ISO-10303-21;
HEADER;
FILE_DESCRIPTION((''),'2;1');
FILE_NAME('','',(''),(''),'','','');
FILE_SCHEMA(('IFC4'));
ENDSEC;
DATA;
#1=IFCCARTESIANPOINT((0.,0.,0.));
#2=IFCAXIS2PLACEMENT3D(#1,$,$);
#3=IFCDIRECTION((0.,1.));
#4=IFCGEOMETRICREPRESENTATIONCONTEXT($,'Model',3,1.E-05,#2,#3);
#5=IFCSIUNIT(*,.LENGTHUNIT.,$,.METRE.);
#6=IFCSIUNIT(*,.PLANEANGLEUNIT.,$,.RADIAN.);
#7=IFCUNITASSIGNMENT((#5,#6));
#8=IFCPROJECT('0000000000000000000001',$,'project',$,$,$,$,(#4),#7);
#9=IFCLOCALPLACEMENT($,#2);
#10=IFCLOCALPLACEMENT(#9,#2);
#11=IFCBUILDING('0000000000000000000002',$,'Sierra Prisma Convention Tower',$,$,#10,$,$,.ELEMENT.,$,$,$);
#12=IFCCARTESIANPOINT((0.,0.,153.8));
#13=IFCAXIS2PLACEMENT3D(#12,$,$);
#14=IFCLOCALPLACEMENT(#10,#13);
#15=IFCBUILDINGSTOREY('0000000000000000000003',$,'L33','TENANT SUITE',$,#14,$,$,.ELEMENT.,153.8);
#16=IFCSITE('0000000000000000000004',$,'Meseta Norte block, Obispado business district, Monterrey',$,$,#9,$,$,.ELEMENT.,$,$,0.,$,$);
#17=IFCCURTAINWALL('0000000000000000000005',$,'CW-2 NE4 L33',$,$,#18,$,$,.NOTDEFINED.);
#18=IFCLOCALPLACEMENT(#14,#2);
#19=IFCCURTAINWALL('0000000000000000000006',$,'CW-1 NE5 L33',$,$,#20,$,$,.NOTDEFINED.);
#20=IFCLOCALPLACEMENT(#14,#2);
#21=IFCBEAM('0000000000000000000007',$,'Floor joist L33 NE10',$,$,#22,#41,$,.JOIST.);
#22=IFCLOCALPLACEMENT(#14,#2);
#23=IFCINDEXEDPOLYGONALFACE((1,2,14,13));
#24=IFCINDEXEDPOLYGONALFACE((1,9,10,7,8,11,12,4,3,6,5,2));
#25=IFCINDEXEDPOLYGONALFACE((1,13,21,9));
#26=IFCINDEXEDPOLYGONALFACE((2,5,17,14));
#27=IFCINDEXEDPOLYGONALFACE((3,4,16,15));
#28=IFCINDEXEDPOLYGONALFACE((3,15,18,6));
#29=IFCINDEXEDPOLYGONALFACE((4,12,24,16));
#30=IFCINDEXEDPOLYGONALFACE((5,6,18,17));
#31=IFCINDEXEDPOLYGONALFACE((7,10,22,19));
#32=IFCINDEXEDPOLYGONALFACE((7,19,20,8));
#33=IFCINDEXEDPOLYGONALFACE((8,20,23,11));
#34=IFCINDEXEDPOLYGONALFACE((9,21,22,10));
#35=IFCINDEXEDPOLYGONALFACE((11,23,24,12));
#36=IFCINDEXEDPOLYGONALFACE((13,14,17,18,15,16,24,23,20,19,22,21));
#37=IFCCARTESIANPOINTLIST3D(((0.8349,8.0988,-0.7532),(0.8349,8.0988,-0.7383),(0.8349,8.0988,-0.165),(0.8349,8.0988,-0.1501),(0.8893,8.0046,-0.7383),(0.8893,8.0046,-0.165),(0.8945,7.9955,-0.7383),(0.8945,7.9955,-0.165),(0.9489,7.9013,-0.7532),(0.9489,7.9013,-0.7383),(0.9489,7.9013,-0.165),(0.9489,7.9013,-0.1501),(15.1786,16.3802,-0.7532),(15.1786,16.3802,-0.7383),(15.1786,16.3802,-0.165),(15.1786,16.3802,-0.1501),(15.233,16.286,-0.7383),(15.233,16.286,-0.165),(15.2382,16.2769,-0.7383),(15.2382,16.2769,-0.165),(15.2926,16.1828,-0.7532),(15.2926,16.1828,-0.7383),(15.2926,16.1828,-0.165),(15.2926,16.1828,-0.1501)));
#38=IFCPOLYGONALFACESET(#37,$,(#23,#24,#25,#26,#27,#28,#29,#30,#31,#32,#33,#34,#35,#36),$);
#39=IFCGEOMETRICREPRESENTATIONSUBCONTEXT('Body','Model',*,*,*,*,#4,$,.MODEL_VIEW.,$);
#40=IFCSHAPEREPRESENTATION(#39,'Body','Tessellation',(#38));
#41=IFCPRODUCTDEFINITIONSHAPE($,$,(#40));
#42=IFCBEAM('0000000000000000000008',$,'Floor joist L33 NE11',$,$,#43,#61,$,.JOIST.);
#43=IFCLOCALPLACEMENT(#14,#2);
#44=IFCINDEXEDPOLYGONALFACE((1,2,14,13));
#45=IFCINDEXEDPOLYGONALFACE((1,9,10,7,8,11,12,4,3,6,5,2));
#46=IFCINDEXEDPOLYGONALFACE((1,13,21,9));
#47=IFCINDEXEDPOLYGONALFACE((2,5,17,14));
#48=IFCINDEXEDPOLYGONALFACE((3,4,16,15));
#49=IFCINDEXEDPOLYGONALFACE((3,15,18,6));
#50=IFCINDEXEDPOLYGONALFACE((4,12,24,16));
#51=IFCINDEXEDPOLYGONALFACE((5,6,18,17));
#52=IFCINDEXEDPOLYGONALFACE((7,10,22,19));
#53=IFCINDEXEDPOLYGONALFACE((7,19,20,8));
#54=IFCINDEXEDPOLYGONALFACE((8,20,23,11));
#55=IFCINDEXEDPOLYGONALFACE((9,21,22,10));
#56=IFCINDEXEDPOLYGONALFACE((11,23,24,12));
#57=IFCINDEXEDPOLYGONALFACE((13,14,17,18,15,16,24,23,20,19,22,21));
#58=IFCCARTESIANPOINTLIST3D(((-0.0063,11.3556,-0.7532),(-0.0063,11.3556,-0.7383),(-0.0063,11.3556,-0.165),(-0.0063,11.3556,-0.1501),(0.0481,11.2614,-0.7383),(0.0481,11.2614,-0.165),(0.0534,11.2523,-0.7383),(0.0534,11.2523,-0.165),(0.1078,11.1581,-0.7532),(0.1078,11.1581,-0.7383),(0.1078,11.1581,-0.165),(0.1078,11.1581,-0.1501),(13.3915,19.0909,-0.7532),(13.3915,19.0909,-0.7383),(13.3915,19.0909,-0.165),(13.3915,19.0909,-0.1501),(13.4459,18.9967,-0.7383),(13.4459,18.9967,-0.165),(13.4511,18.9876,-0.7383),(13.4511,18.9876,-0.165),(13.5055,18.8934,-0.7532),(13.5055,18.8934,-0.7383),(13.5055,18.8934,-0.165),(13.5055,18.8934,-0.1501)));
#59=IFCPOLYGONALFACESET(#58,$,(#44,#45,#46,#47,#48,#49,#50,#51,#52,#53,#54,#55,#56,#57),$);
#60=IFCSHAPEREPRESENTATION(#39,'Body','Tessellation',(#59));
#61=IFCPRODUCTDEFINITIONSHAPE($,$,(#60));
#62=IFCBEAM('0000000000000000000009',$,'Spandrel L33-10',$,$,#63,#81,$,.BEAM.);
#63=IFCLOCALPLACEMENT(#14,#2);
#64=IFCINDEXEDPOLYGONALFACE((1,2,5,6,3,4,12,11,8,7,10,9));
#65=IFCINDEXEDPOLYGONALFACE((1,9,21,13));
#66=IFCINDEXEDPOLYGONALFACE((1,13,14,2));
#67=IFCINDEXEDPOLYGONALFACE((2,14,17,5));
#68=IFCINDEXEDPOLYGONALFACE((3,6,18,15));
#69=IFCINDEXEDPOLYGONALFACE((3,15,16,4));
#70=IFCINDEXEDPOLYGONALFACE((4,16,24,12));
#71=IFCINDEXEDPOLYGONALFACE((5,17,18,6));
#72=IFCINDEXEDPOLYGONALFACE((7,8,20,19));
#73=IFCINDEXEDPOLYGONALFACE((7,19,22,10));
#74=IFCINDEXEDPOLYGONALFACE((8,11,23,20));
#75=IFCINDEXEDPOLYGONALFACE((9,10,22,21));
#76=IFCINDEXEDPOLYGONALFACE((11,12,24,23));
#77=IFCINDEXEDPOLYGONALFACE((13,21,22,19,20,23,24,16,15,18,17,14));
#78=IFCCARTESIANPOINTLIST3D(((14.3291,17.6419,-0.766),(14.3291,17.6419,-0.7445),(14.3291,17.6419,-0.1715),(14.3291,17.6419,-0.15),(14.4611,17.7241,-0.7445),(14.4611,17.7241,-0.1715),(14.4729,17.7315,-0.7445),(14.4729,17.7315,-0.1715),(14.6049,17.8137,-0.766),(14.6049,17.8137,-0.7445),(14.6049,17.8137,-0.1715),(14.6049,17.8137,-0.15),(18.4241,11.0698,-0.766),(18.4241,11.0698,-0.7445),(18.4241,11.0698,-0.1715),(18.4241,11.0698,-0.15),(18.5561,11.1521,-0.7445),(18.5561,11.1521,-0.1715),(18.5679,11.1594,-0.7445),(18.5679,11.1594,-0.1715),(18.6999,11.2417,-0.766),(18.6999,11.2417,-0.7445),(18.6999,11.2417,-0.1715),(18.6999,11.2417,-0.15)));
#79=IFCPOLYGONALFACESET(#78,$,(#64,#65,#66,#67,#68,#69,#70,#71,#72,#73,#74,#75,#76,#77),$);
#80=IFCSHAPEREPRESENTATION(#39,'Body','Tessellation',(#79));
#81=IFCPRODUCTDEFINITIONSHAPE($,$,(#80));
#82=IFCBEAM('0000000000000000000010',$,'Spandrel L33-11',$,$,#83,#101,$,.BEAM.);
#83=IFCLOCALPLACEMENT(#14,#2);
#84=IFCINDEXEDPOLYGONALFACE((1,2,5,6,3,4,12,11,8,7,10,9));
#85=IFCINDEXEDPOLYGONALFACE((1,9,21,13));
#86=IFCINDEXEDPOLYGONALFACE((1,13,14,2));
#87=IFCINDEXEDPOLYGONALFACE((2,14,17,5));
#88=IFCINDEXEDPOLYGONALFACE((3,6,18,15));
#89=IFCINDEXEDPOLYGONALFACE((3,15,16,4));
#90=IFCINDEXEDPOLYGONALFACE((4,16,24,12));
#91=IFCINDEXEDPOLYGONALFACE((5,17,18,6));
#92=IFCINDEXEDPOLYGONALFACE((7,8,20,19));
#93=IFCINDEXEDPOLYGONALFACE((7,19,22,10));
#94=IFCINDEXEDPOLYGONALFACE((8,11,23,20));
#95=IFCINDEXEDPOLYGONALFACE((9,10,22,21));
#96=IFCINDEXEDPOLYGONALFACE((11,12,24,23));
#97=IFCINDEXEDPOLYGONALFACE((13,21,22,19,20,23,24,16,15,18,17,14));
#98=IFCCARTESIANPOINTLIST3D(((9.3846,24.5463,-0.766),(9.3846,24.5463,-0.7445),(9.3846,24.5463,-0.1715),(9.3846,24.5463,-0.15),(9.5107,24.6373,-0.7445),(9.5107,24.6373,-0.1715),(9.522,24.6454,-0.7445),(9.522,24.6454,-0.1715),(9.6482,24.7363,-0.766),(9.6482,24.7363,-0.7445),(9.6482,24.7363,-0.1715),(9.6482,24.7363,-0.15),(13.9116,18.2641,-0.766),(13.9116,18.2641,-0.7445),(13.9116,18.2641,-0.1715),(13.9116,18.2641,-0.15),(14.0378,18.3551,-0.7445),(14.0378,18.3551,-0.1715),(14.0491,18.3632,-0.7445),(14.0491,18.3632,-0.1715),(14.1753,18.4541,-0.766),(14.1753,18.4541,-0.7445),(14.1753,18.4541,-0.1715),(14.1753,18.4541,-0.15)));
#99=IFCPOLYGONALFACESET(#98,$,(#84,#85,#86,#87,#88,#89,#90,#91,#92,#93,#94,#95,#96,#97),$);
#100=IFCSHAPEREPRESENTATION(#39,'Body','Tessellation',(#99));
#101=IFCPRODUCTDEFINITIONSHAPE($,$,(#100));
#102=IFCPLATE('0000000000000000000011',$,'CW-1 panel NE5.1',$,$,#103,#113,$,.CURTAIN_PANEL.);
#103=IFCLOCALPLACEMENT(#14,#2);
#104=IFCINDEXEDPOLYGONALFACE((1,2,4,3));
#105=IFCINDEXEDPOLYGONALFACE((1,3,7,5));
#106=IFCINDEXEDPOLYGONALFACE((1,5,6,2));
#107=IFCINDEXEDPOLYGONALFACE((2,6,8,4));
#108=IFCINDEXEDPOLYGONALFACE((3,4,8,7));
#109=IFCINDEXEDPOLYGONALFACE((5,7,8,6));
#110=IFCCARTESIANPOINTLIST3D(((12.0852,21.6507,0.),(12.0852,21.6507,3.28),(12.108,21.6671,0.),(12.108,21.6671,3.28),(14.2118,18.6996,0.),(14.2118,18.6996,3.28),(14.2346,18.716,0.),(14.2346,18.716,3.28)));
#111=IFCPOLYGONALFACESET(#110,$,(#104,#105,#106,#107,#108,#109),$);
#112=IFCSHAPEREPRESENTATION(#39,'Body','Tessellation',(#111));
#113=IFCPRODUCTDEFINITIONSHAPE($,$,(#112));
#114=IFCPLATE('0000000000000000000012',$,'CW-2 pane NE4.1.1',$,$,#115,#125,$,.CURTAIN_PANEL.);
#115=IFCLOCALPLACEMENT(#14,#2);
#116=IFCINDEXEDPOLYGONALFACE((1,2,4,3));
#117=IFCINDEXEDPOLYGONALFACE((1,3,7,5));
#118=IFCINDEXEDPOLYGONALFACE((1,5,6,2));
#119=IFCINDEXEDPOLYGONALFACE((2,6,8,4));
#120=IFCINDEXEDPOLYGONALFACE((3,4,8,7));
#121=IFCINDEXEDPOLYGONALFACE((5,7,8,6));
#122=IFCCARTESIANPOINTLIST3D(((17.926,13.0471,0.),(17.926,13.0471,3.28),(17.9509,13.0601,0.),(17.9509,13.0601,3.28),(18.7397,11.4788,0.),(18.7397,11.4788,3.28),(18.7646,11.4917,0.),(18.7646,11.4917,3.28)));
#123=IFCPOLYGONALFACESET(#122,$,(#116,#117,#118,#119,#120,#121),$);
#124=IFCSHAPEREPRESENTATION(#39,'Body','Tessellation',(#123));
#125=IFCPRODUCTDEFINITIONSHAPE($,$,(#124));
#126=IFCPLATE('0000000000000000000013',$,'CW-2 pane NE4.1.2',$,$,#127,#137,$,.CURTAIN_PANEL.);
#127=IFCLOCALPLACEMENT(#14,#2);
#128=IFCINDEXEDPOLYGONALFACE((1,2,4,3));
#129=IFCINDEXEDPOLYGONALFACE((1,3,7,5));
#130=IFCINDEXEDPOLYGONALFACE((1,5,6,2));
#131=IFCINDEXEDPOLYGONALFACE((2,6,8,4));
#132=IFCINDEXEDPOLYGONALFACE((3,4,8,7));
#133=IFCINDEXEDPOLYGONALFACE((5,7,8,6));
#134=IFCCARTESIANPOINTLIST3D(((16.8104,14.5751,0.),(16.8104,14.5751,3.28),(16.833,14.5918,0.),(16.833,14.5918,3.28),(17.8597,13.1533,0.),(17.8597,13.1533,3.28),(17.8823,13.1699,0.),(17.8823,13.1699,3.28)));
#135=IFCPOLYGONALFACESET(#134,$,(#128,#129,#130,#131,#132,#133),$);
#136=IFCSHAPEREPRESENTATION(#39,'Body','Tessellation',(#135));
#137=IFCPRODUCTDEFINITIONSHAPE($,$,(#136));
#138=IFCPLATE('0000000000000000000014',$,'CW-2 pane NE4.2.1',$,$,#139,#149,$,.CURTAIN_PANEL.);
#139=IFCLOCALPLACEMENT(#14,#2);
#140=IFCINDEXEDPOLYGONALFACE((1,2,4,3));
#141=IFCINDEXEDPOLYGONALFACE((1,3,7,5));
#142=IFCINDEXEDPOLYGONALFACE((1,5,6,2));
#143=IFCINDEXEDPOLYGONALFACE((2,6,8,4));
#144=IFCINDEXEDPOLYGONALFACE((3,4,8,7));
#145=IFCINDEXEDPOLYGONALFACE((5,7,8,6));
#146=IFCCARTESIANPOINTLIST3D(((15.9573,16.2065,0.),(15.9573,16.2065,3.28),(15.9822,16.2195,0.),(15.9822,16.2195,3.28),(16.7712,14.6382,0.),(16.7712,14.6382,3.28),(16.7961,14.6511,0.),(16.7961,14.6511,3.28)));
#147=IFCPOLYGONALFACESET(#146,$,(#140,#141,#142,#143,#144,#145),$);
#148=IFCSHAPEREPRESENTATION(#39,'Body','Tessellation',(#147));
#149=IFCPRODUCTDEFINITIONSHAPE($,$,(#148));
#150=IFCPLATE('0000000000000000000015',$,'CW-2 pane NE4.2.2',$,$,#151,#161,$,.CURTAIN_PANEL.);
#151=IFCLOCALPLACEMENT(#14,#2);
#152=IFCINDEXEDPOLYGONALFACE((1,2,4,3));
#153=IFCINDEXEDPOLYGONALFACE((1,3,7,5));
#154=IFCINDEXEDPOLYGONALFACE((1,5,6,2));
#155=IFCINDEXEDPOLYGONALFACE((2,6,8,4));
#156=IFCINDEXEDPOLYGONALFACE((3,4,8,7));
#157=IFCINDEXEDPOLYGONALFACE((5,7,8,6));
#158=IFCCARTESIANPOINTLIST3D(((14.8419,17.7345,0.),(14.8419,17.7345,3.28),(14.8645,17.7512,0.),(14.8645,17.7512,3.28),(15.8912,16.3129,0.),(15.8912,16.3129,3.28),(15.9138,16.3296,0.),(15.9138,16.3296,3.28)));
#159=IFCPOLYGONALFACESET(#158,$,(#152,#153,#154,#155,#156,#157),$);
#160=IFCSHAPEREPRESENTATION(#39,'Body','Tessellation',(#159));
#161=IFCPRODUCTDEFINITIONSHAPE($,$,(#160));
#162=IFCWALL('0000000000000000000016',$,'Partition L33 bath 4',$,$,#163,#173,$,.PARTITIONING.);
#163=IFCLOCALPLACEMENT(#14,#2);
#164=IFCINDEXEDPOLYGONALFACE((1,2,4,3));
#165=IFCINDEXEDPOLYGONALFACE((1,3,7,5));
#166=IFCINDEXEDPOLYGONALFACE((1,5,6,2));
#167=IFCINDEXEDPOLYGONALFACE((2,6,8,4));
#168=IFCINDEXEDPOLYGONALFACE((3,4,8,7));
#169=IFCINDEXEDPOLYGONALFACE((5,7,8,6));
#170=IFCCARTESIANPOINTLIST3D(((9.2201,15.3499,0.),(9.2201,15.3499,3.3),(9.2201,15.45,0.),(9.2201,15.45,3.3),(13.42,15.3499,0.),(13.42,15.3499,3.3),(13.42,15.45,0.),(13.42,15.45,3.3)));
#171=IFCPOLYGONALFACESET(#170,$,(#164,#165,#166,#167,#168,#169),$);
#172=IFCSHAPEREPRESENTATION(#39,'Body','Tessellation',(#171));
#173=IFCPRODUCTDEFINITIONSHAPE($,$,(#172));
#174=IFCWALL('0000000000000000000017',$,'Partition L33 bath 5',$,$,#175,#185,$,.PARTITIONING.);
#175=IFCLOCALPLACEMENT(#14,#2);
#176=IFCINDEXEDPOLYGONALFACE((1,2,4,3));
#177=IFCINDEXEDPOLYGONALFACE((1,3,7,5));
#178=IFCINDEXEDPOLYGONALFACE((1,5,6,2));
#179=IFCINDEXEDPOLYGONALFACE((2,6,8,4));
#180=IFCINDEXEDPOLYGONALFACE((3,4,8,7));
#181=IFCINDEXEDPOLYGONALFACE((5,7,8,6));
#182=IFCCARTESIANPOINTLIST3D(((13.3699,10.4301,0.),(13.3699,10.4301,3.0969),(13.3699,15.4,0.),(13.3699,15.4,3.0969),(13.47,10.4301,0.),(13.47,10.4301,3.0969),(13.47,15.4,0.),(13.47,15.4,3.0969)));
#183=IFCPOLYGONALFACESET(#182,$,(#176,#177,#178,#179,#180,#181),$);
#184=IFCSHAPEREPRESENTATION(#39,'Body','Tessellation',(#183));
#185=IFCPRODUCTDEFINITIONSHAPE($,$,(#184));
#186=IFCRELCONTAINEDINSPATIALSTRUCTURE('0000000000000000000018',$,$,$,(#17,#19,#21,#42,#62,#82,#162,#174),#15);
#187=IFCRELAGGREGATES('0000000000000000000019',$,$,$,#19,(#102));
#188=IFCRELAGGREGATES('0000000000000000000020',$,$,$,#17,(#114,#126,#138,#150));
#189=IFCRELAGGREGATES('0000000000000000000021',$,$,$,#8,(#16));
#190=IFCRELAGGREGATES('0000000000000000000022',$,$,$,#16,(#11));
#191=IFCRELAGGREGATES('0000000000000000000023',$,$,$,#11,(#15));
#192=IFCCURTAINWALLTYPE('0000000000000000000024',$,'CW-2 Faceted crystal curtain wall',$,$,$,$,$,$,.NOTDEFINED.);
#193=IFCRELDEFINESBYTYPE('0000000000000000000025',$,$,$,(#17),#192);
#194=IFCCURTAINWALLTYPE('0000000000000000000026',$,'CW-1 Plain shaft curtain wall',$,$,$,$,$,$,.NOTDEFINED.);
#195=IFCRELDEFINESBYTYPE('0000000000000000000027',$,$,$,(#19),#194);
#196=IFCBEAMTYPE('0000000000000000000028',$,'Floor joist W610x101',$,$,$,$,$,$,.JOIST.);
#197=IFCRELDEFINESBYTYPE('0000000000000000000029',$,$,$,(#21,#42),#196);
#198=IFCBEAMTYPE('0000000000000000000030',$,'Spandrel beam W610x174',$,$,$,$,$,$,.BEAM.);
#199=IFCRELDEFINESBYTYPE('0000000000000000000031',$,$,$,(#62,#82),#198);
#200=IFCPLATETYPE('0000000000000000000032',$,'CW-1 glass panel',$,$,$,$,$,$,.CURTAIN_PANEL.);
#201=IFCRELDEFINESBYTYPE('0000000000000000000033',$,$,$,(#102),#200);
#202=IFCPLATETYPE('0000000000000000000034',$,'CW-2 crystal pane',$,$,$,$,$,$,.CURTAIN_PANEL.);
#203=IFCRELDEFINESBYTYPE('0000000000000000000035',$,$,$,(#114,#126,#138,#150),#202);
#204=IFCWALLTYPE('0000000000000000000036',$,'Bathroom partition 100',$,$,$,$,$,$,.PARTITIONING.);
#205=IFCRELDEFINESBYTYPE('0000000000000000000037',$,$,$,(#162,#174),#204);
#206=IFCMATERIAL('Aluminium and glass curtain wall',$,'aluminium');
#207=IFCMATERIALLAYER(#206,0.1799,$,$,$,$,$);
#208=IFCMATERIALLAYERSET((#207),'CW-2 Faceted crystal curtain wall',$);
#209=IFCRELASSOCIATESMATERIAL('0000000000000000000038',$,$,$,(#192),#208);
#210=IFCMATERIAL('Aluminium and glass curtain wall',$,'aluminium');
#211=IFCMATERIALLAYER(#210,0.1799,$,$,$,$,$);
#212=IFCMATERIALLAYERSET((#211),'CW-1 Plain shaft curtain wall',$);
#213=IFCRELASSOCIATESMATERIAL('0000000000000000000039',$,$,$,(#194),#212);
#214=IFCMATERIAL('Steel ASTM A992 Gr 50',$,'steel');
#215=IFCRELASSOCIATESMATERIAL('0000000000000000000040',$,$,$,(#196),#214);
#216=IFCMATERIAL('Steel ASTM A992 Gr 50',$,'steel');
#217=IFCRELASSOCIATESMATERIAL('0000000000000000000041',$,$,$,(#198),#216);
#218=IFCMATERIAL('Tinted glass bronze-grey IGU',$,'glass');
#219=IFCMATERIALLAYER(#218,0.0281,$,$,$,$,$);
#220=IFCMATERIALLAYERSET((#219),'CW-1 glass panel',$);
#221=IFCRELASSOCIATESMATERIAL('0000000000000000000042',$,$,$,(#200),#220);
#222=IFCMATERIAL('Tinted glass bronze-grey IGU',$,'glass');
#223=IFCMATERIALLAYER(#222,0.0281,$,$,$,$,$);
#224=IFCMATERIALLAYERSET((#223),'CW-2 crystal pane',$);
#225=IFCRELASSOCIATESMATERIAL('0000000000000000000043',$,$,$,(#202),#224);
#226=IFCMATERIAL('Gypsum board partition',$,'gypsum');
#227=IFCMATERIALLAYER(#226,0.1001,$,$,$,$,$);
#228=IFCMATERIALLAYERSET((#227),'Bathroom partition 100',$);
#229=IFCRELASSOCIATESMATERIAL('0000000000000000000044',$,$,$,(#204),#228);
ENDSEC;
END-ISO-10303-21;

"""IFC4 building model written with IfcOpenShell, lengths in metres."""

from ifc_helpers import new_model, si_unit, direction, frame, frame_2d, origin, origin_2d, place, context, subcontext, project, spatial, polyline, rectangle, i_section, outline, extrude, material, layer, layer_set, material_profile, profile_set, type_object, element, aggregate, save


model = new_model("IFC4")

# Units and contexts
model_context = context("Model", 3, precision=1e-05, world=origin(), true_north=direction((0.0, 1.0)))
body_context = subcontext(model_context, "Body", "Model", "MODEL_VIEW")
ifc_project = project(units=[si_unit("LENGTHUNIT", "METRE"), si_unit("PLANEANGLEUNIT", "RADIAN")], contexts=[model_context])

# Site, building, storey
site_placement = place(None, origin())
site = spatial("IfcSite", under=ifc_project, at=site_placement, Name="Meseta Norte block, Obispado business district, Monterrey", CompositionType="ELEMENT", RefElevation=0.0)
building_placement = place(site_placement, origin())
building = spatial("IfcBuilding", under=site, at=building_placement, Name="Sierra Prisma Convention Tower", CompositionType="ELEMENT")
storey_placement = place(building_placement, frame((0.0, 0.0, 153.8)))
storey = spatial("IfcBuildingStorey", under=building, at=storey_placement, Name="L33", Description="TENANT SUITE", CompositionType="ELEMENT", Elevation=153.8)

# Curtain wall
ifc_material_1 = material(Name="Aluminium and glass curtain wall", Category="aluminium")
ifc_layer_1 = layer(ifc_material_1, 0.1799)
ifc_layer_set_1 = layer_set([ifc_layer_1], Name="CW-2 Faceted crystal curtain wall")
curtain_wall_type_1 = type_object("IfcCurtainWallType", Name="CW-2 Faceted crystal curtain wall", PredefinedType="NOTDEFINED", material=ifc_layer_set_1)
curtain_wall_1_placement = place(storey_placement, origin())
curtain_wall_1 = element("IfcCurtainWall", 1, at=curtain_wall_1_placement, inside=storey, type_object=curtain_wall_type_1, Name="CW-2 NE4 L33", PredefinedType="NOTDEFINED")

# Curtain wall
ifc_material_2 = material(Name="Aluminium and glass curtain wall", Category="aluminium")
ifc_layer_2 = layer(ifc_material_2, 0.1799)
ifc_layer_set_2 = layer_set([ifc_layer_2], Name="CW-1 Plain shaft curtain wall")
curtain_wall_type_2 = type_object("IfcCurtainWallType", Name="CW-1 Plain shaft curtain wall", PredefinedType="NOTDEFINED", material=ifc_layer_set_2)
curtain_wall_2_placement = place(storey_placement, origin())
curtain_wall_2 = element("IfcCurtainWall", 2, at=curtain_wall_2_placement, inside=storey, type_object=curtain_wall_type_2, Name="CW-1 NE5 L33", PredefinedType="NOTDEFINED")

# Beams
ifc_material_3 = material(Name="Steel ASTM A992 Gr 50", Category="steel")
ifc_material_profile_1 = material_profile(ifc_material_3, i_section(OverallWidth=0.228, OverallDepth=0.603, WebThickness=0.0105, FlangeThickness=0.0149, at=origin_2d()), Name="W610x101")
ifc_profile_set_1 = profile_set([ifc_material_profile_1], Name="Steel ASTM A992 Gr 50")
beam_type_1 = type_object("IfcBeamType", Name="Floor joist W610x101", PredefinedType="JOIST", material=ifc_profile_set_1)
beam_1_placement = place(storey_placement, frame((15.2356, 16.2815, -0.4517), z_axis=(-0.866022, -0.500006, 0.0), x_axis=(0.500006, -0.866022, 0.0)))
element("IfcBeam", 3, at=beam_1_placement, inside=storey, type_object=beam_type_1, Name="Floor joist L33 NE10", PredefinedType="JOIST", context=body_context, shape_type="SweptSolid", body=[
    extrude(i_section(OverallWidth=0.228, OverallDepth=0.603, WebThickness=0.0105, FlangeThickness=0.0149, at=origin_2d()), origin(), (0.0, 0.0, 1.0), 16.5627),
])
beam_2_placement = place(storey_placement, frame((13.4485, 18.9922, -0.4517), z_axis=(-0.86602, -0.500009, 0.0), x_axis=(0.500009, -0.86602, 0.0)))
element("IfcBeam", 4, at=beam_2_placement, inside=storey, type_object=beam_type_1, Name="Floor joist L33 NE11", PredefinedType="JOIST", context=body_context, shape_type="SweptSolid", body=[
    extrude(i_section(OverallWidth=0.228, OverallDepth=0.603, WebThickness=0.0105, FlangeThickness=0.0149, at=origin_2d()), origin(), (0.0, 0.0, 1.0), 15.4705),
])
ifc_material_4 = material(Name="Steel ASTM A992 Gr 50", Category="steel")
ifc_material_profile_2 = material_profile(ifc_material_4, i_section(OverallWidth=0.325, OverallDepth=0.616, WebThickness=0.0139, FlangeThickness=0.0215, at=origin_2d()), Name="W610x174")
ifc_profile_set_2 = profile_set([ifc_material_profile_2], Name="Steel ASTM A992 Gr 50")
beam_type_2 = type_object("IfcBeamType", Name="Spandrel beam W610x174", PredefinedType="BEAM", material=ifc_profile_set_2)
for number, where, z_axis, x_axis, name in (
    (5, (18.562, 11.1558, -0.458), (-0.528834, 0.848726, 0.0), (-0.848726, -0.528834, 0.0), "Spandrel L33-10"),
    (6, (14.0435, 18.3591, -0.458), (-0.584636, 0.811296, 0.0), (-0.811296, -0.584636, 0.0), "Spandrel L33-11"),
):
    element("IfcBeam", number, at=place(storey_placement, frame(where, z_axis=z_axis, x_axis=x_axis)), inside=storey, type_object=beam_type_2, Name=name, PredefinedType="BEAM", context=body_context, shape_type="SweptSolid", body=[
        extrude(i_section(OverallWidth=0.325, OverallDepth=0.616, WebThickness=0.0139, FlangeThickness=0.0215, at=origin_2d()), origin(), (0.0, 0.0, 1.0), 7.7434),
    ])

# Plates
ifc_material_5 = material(Name="Tinted glass bronze-grey IGU", Category="glass")
ifc_layer_3 = layer(ifc_material_5, 0.0281)
ifc_layer_set_3 = layer_set([ifc_layer_3], Name="CW-1 glass panel")
plate_type_1 = type_object("IfcPlateType", Name="CW-1 glass panel", PredefinedType="CURTAIN_PANEL", material=ifc_layer_set_3)
plate_1_placement = place(storey_placement, frame((13.1599, 20.1833, 0.0), z_axis=(0.0, 0.0, 1.0), x_axis=(-0.584648, 0.811287, 0.0)))
plate_1 = element("IfcPlate", 7, at=plate_1_placement, type_object=plate_type_1, Name="CW-1 panel NE5.1", PredefinedType="CURTAIN_PANEL", context=body_context, shape_type="SweptSolid", body=[
    extrude(rectangle(XDim=3.6375, YDim=0.0281, at=origin_2d()), origin(), (0.0, 0.0, 1.0), 3.28),
])
aggregate(curtain_wall_2, [plate_1])
ifc_material_6 = material(Name="Tinted glass bronze-grey IGU", Category="glass")
ifc_layer_4 = layer(ifc_material_6, 0.0281)
ifc_layer_set_4 = layer_set([ifc_layer_4], Name="CW-2 crystal pane")
plate_type_2 = type_object("IfcPlateType", Name="CW-2 crystal pane", PredefinedType="CURTAIN_PANEL", material=ifc_layer_set_4)
plate_2_placement = place(storey_placement, frame((18.7646, 11.4917, 0.0), z_axis=(0.887639, 0.460539, 0.0), x_axis=(-0.460539, 0.887639, 0.0)))
plate_2 = element("IfcPlate", 8, at=plate_2_placement, type_object=plate_type_2, Name="CW-2 pane NE4.1.1", PredefinedType="CURTAIN_PANEL", context=body_context, shape_type="SweptSolid", body=[
    extrude(outline(polyline([(0.0, 0.0), (1.7669, 0.0), (1.7669, 3.28), (0.0, 3.28), (0.0, 0.0)])), origin(), (0.0, 0.0, -1.0), 0.0281),
])
plate_3_placement = place(storey_placement, frame((16.833, 14.5918, 0.0), z_axis=(0.804618, 0.593793, 0.0), x_axis=(0.593793, -0.804618, 0.0)))
plate_3 = element("IfcPlate", 9, at=plate_3_placement, type_object=plate_type_2, Name="CW-2 pane NE4.1.2", PredefinedType="CURTAIN_PANEL", context=body_context, shape_type="SweptSolid", body=[
    extrude(outline(polyline([(0.0, 0.0), (1.7671, 0.0), (1.7671, -3.28), (0.0, -3.28), (0.0, 0.0)])), origin(), (0.0, 0.0, -1.0), 0.0281),
])
plate_4_placement = place(storey_placement, frame((16.7961, 14.6511, 0.0), z_axis=(0.887583, 0.460648, 0.0), x_axis=(-0.460648, 0.887583, 0.0)))
plate_4 = element("IfcPlate", 10, at=plate_4_placement, type_object=plate_type_2, Name="CW-2 pane NE4.2.1", PredefinedType="CURTAIN_PANEL", context=body_context, shape_type="SweptSolid", body=[
    extrude(outline(polyline([(0.0, 0.0), (1.767, 0.0), (1.767, 3.28), (0.0, 3.28), (0.0, 0.0)])), origin(), (0.0, 0.0, -1.0), 0.0281),
])
plate_5_placement = place(storey_placement, frame((14.8645, 17.7512, 0.0), z_axis=(0.804569, 0.593859, 0.0), x_axis=(0.593859, -0.804569, 0.0)))
plate_5 = element("IfcPlate", 11, at=plate_5_placement, type_object=plate_type_2, Name="CW-2 pane NE4.2.2", PredefinedType="CURTAIN_PANEL", context=body_context, shape_type="SweptSolid", body=[
    extrude(outline(polyline([(0.0, 0.0), (1.7669, 0.0), (1.7669, -3.28), (0.0, -3.28), (0.0, 0.0)])), origin(), (0.0, 0.0, -1.0), 0.0281),
])
aggregate(curtain_wall_1, [plate_2, plate_3, plate_4, plate_5])

# Walls
ifc_material_7 = material(Name="Gypsum board partition", Category="gypsum")
ifc_layer_5 = layer(ifc_material_7, 0.1001)
ifc_layer_set_5 = layer_set([ifc_layer_5], Name="Bathroom partition 100")
wall_type = type_object("IfcWallType", Name="Bathroom partition 100", PredefinedType="PARTITIONING", material=ifc_layer_set_5)
wall_1_placement = place(storey_placement, frame((9.22, 15.3999, 0.0), z_axis=(0.0, 0.0, 1.0), x_axis=(1.0, 0.0, 0.0)))
element("IfcWall", 12, at=wall_1_placement, inside=storey, type_object=wall_type, Name="Partition L33 bath 4", PredefinedType="PARTITIONING", context=body_context, shape_type="SweptSolid", body=[
    extrude(rectangle(XDim=4.2, YDim=0.1001, at=frame_2d((2.1001, 0.0))), origin(), (0.0, 0.0, 1.0), 3.3),
])
wall_2_placement = place(storey_placement, frame((13.4199, 15.3999, 0.0), z_axis=(0.0, 0.0, 1.0), x_axis=(0.0, -1.0, 0.0)))
element("IfcWall", 13, at=wall_2_placement, inside=storey, type_object=wall_type, Name="Partition L33 bath 5", PredefinedType="PARTITIONING", context=body_context, shape_type="SweptSolid", body=[
    extrude(rectangle(XDim=4.97, YDim=0.1001, at=frame_2d((2.4849, 0.0))), origin(), (0.0, 0.0, 1.0), 3.0969),
])

save(model, "model.ifc")
